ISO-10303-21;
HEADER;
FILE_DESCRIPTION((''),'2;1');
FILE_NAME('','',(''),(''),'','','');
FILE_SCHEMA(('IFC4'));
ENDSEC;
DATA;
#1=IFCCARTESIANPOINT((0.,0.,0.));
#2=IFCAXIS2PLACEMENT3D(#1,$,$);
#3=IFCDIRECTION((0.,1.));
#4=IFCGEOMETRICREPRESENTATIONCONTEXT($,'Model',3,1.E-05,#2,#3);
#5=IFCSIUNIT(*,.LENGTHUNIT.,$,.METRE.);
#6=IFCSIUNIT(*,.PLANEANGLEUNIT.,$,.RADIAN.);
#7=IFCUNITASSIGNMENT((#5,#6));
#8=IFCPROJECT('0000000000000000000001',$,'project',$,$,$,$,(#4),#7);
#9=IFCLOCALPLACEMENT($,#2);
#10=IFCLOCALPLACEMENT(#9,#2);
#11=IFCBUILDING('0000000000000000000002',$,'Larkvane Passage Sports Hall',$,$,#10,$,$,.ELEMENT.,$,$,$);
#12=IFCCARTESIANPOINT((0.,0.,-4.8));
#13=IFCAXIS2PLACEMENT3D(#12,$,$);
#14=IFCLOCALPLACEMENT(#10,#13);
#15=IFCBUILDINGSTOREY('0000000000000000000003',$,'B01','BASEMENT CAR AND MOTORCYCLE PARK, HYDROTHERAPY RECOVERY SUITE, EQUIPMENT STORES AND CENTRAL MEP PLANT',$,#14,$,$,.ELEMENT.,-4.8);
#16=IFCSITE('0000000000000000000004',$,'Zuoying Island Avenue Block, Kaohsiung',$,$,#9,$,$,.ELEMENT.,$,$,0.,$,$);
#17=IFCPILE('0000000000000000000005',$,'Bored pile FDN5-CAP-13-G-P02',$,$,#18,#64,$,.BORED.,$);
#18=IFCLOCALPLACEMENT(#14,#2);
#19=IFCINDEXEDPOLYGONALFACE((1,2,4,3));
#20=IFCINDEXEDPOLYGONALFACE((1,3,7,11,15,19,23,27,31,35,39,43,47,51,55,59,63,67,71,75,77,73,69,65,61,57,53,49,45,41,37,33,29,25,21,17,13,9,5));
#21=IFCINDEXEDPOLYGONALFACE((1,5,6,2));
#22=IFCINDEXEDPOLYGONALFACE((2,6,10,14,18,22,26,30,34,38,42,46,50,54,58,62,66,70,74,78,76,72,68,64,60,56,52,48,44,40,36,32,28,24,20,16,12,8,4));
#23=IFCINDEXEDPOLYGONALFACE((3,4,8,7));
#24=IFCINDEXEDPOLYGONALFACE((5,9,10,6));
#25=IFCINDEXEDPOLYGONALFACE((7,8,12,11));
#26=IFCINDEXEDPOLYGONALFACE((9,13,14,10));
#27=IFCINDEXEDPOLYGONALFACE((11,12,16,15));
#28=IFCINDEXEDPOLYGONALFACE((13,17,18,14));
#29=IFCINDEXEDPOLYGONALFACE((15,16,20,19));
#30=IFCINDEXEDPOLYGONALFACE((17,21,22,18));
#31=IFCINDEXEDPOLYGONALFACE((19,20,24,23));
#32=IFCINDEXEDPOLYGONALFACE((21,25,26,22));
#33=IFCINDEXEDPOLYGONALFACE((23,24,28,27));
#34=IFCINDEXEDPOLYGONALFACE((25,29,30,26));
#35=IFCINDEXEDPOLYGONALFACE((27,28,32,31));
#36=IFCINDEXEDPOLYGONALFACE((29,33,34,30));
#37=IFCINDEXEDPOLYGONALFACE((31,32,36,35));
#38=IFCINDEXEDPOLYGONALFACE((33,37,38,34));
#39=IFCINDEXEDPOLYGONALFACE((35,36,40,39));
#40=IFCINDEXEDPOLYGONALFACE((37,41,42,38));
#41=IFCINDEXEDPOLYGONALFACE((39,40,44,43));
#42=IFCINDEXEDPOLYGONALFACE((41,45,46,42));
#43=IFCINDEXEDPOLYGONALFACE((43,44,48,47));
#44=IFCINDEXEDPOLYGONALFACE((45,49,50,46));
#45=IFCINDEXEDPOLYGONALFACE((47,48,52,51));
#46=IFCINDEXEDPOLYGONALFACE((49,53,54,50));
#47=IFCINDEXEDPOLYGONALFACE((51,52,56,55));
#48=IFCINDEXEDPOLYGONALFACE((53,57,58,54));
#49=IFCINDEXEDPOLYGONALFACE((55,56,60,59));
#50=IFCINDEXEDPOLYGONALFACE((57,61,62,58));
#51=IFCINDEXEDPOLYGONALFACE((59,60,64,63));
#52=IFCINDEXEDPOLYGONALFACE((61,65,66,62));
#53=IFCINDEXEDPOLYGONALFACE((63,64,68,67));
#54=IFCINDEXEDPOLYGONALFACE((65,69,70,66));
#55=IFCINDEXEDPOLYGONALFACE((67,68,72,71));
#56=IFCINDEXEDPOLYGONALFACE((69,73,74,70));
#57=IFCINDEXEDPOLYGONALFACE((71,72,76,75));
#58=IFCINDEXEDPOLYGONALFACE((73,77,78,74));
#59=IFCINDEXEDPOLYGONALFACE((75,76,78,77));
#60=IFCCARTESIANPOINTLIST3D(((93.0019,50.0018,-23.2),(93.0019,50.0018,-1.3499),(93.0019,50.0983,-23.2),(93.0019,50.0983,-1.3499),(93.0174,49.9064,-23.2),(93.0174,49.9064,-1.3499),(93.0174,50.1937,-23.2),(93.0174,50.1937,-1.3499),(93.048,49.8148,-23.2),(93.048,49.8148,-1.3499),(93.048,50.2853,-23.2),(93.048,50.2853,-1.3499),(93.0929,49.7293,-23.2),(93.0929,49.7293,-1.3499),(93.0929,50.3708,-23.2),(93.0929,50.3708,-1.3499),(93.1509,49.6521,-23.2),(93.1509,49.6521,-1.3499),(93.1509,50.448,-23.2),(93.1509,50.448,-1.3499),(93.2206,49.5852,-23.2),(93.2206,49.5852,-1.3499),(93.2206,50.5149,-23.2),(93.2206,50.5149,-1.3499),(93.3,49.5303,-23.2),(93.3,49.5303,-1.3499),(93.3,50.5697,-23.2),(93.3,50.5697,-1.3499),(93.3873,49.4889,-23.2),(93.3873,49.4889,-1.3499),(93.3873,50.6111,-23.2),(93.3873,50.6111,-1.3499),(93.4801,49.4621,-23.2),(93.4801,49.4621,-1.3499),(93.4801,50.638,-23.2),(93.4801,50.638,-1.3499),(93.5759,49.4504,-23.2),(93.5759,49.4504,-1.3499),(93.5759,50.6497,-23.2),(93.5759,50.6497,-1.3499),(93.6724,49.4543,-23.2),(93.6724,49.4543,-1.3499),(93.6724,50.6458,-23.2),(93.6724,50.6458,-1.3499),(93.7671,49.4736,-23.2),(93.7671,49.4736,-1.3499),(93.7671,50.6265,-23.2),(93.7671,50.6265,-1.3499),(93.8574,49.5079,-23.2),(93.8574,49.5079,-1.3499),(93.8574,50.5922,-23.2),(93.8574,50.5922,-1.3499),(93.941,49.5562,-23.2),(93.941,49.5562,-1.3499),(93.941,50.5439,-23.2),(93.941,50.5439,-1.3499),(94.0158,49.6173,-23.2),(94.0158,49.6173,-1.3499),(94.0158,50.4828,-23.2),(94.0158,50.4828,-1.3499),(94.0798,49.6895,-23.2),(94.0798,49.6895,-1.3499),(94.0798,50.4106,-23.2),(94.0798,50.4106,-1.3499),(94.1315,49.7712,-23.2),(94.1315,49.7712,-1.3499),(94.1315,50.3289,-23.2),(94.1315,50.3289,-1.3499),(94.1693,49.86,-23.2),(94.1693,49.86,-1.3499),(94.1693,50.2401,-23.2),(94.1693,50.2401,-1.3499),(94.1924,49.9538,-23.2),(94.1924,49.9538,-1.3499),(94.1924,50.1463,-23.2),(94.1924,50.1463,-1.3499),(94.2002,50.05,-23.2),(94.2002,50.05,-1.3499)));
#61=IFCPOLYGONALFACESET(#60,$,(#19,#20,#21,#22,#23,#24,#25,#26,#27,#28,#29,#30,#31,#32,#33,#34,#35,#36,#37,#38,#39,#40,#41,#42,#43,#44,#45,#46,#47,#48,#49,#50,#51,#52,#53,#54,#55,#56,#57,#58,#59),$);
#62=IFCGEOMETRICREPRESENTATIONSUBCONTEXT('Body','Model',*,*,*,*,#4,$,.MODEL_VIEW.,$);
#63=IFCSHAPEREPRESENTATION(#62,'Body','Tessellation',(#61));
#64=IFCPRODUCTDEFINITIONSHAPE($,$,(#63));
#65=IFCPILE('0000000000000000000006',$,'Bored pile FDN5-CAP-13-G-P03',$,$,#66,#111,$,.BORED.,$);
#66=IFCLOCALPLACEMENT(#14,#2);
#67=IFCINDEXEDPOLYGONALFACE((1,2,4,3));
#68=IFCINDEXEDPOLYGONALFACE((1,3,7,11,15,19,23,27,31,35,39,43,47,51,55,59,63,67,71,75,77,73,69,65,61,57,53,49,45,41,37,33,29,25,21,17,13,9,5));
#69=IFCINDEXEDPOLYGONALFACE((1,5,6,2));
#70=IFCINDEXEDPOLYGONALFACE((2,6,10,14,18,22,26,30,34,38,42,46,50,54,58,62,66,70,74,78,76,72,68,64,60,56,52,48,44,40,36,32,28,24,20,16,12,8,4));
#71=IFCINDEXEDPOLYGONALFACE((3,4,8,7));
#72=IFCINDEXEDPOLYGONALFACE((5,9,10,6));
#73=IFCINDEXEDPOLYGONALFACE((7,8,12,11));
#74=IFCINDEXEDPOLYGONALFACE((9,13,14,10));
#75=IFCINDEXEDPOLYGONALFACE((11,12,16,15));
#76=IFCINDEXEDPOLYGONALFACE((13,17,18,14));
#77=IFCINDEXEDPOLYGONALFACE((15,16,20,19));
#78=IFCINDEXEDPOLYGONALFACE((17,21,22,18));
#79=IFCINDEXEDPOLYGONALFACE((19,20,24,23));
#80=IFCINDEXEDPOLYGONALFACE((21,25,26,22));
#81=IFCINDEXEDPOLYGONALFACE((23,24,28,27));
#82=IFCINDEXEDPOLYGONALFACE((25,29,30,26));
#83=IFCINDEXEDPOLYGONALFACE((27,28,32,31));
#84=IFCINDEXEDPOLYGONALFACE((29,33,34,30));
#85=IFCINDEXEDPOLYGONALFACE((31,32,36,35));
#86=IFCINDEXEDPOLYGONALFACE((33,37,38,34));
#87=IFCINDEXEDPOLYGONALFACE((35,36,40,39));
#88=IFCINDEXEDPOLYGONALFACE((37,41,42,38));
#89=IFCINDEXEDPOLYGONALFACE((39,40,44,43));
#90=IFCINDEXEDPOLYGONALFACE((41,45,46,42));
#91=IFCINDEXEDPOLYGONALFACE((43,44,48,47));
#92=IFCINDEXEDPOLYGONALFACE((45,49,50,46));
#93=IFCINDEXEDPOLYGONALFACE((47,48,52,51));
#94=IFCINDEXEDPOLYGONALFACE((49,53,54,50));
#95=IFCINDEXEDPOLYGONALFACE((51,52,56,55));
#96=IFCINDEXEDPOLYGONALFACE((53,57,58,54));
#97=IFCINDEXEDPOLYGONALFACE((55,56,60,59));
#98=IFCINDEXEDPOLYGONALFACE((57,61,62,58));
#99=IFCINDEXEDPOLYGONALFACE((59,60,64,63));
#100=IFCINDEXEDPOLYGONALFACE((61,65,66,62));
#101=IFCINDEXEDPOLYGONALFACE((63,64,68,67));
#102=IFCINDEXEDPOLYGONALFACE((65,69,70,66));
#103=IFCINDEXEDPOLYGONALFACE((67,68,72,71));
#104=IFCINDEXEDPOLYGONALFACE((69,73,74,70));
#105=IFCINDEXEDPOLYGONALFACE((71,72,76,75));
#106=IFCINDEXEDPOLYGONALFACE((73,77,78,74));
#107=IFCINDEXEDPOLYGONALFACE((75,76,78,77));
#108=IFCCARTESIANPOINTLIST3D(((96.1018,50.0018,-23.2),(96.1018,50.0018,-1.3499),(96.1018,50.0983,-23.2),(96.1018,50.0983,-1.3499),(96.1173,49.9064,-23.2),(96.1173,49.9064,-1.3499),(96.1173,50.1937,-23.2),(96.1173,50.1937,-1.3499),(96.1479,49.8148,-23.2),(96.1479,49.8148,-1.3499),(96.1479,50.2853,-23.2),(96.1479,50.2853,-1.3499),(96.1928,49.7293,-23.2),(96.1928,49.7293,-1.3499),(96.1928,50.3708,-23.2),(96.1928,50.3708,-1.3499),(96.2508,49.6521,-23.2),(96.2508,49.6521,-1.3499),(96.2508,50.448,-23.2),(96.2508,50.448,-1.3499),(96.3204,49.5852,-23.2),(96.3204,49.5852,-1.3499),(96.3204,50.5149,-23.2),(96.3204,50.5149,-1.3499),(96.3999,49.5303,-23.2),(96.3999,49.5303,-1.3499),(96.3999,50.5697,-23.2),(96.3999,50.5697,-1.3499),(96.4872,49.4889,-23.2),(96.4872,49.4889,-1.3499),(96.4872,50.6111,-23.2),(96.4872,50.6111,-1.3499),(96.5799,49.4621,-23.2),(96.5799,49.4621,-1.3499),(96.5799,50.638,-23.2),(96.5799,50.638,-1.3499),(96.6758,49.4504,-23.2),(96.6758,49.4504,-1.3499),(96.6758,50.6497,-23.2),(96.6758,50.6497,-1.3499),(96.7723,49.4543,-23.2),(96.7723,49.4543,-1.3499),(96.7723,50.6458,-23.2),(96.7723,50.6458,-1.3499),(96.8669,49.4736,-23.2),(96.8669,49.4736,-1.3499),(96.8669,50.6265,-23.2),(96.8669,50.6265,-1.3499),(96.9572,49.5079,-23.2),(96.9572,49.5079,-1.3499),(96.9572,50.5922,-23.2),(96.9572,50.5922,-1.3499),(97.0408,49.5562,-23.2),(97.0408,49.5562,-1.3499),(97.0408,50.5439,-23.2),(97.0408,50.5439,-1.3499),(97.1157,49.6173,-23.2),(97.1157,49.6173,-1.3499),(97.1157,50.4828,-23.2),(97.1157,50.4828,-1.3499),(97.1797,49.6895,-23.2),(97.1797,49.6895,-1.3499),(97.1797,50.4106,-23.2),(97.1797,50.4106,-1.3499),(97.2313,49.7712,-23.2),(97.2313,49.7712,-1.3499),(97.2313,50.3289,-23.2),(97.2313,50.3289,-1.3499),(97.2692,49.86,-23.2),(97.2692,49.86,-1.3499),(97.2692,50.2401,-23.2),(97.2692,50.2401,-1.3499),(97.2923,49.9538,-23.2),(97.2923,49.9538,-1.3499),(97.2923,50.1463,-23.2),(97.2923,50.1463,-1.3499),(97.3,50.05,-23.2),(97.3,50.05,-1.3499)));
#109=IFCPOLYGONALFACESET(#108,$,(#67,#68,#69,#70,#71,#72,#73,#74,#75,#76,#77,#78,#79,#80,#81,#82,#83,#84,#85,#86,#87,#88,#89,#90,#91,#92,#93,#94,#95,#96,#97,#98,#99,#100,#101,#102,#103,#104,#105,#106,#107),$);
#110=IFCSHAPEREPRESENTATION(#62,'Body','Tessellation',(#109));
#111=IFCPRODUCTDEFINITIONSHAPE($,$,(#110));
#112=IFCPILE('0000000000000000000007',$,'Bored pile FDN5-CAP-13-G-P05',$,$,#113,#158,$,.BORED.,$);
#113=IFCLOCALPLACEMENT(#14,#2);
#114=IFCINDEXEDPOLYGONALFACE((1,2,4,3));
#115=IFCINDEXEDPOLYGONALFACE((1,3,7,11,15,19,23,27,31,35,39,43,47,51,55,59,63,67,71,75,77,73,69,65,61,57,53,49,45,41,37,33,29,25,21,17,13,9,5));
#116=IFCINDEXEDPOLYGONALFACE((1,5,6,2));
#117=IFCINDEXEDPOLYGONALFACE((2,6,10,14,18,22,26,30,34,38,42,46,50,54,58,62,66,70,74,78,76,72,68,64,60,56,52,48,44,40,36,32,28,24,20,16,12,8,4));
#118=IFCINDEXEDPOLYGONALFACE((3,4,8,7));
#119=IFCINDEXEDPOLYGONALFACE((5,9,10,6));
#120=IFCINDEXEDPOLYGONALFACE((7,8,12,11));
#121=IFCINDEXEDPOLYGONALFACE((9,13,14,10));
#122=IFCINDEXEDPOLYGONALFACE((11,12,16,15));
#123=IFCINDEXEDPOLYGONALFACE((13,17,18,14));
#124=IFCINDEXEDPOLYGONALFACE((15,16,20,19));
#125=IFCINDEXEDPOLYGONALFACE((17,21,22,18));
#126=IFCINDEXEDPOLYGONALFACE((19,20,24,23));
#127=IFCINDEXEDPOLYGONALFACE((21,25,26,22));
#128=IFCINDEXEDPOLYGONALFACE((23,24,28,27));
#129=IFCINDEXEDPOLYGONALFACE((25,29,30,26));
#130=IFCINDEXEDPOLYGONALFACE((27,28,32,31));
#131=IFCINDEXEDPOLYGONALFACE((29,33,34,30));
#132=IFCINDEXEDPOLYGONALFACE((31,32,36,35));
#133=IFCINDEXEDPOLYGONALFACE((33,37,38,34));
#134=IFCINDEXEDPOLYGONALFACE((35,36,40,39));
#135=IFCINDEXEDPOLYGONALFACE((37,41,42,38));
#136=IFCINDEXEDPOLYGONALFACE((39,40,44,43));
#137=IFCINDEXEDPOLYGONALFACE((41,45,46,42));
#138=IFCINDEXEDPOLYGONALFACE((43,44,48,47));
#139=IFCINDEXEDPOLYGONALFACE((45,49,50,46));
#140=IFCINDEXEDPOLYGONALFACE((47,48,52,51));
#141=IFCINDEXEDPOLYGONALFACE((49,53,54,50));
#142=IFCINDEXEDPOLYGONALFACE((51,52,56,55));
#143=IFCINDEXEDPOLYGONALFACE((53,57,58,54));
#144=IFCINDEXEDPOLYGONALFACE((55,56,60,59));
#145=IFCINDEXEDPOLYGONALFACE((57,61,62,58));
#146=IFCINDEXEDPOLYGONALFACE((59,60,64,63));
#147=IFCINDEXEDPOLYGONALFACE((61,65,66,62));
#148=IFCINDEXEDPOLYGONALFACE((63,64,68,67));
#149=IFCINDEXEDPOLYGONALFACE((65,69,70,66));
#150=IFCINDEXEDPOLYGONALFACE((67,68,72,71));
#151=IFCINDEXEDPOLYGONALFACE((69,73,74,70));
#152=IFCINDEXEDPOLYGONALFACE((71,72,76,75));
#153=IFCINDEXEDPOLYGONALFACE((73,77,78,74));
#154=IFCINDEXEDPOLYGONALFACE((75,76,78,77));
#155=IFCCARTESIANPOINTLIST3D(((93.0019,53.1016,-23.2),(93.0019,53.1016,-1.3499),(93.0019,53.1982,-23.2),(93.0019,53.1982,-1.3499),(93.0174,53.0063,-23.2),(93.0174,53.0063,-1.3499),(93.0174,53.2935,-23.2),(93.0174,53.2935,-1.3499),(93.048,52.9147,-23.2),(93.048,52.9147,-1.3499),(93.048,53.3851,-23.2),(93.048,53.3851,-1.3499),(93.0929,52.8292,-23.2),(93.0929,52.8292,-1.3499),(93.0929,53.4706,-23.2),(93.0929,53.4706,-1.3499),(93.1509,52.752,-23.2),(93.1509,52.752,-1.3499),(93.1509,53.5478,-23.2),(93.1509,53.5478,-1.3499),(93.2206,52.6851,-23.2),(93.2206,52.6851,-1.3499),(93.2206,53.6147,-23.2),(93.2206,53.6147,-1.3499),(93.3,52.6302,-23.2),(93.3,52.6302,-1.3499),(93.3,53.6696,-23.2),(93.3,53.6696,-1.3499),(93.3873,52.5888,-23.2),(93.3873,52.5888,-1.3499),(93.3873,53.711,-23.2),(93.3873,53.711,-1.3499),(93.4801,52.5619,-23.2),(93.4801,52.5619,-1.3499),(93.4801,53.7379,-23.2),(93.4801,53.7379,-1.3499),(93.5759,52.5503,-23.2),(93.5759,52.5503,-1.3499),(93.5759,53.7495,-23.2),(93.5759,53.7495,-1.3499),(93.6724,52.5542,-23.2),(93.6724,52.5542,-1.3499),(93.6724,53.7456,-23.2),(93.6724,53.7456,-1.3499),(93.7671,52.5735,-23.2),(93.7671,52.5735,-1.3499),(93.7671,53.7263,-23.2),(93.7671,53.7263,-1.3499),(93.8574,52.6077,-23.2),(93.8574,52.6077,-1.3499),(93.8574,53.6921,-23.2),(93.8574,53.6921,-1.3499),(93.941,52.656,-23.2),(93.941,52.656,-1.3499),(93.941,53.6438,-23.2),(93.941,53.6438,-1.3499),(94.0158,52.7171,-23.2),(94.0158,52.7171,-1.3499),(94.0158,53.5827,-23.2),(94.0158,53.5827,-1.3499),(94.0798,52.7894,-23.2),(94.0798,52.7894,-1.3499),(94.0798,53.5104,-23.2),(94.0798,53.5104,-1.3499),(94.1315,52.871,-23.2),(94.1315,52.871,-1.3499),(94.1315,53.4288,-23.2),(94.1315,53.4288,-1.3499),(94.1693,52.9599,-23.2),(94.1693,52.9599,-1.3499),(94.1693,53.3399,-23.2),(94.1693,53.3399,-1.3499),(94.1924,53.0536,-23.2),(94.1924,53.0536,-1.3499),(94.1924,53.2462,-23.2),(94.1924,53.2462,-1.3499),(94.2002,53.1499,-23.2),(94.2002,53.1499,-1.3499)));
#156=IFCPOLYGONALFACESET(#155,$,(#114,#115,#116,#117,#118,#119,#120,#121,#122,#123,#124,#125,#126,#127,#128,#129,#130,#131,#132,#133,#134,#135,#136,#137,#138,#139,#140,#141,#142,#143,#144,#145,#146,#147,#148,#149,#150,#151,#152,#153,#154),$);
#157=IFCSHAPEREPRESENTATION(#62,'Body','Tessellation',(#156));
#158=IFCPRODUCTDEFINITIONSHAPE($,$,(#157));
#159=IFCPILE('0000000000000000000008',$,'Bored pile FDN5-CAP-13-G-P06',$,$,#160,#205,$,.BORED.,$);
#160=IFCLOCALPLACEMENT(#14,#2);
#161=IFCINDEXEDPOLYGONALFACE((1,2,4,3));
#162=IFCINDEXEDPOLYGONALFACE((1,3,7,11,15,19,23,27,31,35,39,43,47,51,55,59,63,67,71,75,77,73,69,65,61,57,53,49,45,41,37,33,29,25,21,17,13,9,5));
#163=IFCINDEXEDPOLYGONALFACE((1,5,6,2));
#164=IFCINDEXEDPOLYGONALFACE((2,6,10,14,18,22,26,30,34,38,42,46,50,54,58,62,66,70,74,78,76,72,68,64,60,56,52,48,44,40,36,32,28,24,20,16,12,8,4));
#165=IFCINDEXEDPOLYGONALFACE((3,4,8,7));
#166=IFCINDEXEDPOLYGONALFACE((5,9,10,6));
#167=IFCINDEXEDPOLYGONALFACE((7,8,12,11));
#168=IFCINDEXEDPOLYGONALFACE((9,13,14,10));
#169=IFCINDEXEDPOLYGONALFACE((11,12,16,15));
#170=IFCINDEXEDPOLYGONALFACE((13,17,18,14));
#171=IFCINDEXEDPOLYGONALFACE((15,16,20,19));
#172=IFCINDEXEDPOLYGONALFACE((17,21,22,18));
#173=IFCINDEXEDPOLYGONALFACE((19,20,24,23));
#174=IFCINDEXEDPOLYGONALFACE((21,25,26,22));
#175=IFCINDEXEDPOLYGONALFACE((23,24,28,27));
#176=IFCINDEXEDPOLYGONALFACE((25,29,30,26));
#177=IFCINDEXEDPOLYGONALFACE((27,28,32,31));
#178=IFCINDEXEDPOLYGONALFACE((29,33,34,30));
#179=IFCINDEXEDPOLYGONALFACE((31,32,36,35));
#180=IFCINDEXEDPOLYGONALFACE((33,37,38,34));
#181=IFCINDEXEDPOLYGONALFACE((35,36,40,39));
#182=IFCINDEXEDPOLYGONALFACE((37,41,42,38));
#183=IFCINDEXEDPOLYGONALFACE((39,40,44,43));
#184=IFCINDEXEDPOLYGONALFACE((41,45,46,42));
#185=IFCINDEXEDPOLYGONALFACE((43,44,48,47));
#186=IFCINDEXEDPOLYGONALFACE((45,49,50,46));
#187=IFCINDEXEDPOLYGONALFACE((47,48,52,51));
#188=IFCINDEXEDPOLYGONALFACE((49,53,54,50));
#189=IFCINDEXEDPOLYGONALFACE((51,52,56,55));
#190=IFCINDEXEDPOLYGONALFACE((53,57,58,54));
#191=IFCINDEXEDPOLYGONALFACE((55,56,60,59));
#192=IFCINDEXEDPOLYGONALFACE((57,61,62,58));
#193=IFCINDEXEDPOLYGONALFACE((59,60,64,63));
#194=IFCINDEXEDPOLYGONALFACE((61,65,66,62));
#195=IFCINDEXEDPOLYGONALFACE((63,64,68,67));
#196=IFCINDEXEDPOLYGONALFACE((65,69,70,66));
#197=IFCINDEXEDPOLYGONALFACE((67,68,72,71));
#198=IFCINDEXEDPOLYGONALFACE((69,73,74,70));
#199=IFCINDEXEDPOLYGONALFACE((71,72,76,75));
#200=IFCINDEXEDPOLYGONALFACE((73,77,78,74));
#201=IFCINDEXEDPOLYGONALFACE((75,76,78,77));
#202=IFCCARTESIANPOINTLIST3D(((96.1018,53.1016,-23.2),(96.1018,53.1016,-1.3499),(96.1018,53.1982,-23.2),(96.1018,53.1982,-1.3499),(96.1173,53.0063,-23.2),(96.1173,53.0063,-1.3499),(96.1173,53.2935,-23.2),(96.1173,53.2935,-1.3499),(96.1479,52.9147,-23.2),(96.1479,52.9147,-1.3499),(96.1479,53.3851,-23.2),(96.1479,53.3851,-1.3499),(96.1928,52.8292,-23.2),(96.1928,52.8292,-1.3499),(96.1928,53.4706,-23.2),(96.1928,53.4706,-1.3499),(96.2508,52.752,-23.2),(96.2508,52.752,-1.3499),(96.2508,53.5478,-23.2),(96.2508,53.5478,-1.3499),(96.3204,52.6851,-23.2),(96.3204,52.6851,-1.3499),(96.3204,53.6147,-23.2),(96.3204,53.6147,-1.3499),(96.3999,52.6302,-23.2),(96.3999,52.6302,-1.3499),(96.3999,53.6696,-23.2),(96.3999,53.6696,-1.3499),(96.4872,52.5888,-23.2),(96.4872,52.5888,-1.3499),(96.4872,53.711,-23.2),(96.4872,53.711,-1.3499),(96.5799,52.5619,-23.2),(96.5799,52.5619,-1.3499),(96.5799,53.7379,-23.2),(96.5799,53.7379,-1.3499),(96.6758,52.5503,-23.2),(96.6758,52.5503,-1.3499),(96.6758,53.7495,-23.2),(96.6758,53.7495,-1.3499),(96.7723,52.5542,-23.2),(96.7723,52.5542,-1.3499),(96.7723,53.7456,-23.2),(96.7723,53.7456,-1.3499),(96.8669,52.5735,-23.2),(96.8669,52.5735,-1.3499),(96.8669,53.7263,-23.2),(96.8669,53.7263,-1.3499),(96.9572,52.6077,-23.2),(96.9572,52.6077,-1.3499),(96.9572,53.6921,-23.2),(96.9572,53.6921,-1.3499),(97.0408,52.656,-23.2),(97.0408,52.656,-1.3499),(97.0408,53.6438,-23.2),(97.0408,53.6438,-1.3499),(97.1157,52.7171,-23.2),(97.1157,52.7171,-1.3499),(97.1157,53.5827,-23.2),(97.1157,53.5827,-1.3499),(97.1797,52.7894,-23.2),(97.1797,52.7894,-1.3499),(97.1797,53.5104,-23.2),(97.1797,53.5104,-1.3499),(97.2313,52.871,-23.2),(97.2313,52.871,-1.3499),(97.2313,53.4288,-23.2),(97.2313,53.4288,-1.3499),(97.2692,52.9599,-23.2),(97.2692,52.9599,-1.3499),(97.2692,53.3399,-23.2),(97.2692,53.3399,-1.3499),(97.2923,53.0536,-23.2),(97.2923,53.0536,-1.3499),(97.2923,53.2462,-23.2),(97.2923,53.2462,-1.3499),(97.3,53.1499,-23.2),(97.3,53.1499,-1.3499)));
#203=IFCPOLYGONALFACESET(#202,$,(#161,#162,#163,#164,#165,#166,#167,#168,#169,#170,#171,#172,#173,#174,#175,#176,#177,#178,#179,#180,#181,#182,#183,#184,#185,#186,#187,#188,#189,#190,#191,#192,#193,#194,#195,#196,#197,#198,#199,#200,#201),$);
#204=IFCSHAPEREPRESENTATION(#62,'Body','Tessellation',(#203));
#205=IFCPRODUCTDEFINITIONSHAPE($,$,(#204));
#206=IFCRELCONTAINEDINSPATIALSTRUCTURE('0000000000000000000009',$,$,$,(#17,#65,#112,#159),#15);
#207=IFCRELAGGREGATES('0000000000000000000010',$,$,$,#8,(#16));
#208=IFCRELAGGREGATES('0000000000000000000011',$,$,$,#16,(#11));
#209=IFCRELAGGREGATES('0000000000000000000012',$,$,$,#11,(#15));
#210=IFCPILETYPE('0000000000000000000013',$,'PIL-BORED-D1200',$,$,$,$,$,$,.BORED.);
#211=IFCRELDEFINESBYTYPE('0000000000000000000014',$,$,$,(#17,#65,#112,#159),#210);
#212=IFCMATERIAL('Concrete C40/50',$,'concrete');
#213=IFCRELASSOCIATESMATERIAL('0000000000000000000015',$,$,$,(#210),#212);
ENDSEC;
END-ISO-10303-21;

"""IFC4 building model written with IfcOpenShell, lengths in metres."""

from ifc_helpers import new_model, si_unit, direction, frame, origin, origin_2d, place, context, subcontext, project, spatial, circle, extrude, material, material_profile, profile_set, type_object, element, save


model = new_model("IFC4")

# Units and contexts
model_context = context("Model", 3, precision=1e-05, world=origin(), true_north=direction((0.0, 1.0)))
body_context = subcontext(model_context, "Body", "Model", "MODEL_VIEW")
ifc_project = project(units=[si_unit("LENGTHUNIT", "METRE"), si_unit("PLANEANGLEUNIT", "RADIAN")], contexts=[model_context])

# Site, building, storey
site_placement = place(None, origin())
site = spatial("IfcSite", under=ifc_project, at=site_placement, Name="Zuoying Island Avenue Block, Kaohsiung", CompositionType="ELEMENT", RefElevation=0.0)
building_placement = place(site_placement, origin())
building = spatial("IfcBuilding", under=site, at=building_placement, Name="Larkvane Passage Sports Hall", CompositionType="ELEMENT")
storey_placement = place(building_placement, frame((0.0, 0.0, -4.8)))
storey = spatial("IfcBuildingStorey", under=building, at=storey_placement, Name="B01", Description="BASEMENT CAR AND MOTORCYCLE PARK, HYDROTHERAPY RECOVERY SUITE, EQUIPMENT STORES AND CENTRAL MEP PLANT", CompositionType="ELEMENT", Elevation=-4.8)

# Shared definitions
ifc_material_1 = material(Name="Concrete C40/50", Category="concrete")

# Piles
ifc_material_profile_1 = material_profile(ifc_material_1, circle(Radius=0.6001, at=origin_2d()), Name="PILE-D1200")
ifc_profile_set_1 = profile_set([ifc_material_profile_1], Name="Concrete C40/50")
pile_type_1 = type_object("IfcPileType", Name="PIL-BORED-D1200", PredefinedType="BORED", material=ifc_profile_set_1)
for number, where, z_axis, x_axis, name in (
    (1, (93.6001, 50.05, -1.3499), (0.0, 0.0, -1.0), (1.0, 0.0, 0.0), "Bored pile FDN5-CAP-13-G-P02"),
    (2, (96.7, 50.05, -1.3499), (0.0, 0.0, -1.0), (1.0, 0.0, 0.0), "Bored pile FDN5-CAP-13-G-P03"),
    (3, (93.6001, 53.1499, -1.3499), (0.0, 0.0, -1.0), (1.0, 0.0, 0.0), "Bored pile FDN5-CAP-13-G-P05"),
    (4, (96.7, 53.1499, -1.3499), (0.0, 0.0, -1.0), (1.0, 0.0, 0.0), "Bored pile FDN5-CAP-13-G-P06"),
):
    element("IfcPile", number, at=place(storey_placement, frame(where, z_axis=z_axis, x_axis=x_axis)), inside=storey, type_object=pile_type_1, Name=name, PredefinedType="BORED", context=body_context, shape_type="SweptSolid", body=[
        extrude(circle(Radius=0.6001, at=origin_2d()), origin(), (0.0, 0.0, 1.0), 21.8501),
    ])

save(model, "model.ifc")
